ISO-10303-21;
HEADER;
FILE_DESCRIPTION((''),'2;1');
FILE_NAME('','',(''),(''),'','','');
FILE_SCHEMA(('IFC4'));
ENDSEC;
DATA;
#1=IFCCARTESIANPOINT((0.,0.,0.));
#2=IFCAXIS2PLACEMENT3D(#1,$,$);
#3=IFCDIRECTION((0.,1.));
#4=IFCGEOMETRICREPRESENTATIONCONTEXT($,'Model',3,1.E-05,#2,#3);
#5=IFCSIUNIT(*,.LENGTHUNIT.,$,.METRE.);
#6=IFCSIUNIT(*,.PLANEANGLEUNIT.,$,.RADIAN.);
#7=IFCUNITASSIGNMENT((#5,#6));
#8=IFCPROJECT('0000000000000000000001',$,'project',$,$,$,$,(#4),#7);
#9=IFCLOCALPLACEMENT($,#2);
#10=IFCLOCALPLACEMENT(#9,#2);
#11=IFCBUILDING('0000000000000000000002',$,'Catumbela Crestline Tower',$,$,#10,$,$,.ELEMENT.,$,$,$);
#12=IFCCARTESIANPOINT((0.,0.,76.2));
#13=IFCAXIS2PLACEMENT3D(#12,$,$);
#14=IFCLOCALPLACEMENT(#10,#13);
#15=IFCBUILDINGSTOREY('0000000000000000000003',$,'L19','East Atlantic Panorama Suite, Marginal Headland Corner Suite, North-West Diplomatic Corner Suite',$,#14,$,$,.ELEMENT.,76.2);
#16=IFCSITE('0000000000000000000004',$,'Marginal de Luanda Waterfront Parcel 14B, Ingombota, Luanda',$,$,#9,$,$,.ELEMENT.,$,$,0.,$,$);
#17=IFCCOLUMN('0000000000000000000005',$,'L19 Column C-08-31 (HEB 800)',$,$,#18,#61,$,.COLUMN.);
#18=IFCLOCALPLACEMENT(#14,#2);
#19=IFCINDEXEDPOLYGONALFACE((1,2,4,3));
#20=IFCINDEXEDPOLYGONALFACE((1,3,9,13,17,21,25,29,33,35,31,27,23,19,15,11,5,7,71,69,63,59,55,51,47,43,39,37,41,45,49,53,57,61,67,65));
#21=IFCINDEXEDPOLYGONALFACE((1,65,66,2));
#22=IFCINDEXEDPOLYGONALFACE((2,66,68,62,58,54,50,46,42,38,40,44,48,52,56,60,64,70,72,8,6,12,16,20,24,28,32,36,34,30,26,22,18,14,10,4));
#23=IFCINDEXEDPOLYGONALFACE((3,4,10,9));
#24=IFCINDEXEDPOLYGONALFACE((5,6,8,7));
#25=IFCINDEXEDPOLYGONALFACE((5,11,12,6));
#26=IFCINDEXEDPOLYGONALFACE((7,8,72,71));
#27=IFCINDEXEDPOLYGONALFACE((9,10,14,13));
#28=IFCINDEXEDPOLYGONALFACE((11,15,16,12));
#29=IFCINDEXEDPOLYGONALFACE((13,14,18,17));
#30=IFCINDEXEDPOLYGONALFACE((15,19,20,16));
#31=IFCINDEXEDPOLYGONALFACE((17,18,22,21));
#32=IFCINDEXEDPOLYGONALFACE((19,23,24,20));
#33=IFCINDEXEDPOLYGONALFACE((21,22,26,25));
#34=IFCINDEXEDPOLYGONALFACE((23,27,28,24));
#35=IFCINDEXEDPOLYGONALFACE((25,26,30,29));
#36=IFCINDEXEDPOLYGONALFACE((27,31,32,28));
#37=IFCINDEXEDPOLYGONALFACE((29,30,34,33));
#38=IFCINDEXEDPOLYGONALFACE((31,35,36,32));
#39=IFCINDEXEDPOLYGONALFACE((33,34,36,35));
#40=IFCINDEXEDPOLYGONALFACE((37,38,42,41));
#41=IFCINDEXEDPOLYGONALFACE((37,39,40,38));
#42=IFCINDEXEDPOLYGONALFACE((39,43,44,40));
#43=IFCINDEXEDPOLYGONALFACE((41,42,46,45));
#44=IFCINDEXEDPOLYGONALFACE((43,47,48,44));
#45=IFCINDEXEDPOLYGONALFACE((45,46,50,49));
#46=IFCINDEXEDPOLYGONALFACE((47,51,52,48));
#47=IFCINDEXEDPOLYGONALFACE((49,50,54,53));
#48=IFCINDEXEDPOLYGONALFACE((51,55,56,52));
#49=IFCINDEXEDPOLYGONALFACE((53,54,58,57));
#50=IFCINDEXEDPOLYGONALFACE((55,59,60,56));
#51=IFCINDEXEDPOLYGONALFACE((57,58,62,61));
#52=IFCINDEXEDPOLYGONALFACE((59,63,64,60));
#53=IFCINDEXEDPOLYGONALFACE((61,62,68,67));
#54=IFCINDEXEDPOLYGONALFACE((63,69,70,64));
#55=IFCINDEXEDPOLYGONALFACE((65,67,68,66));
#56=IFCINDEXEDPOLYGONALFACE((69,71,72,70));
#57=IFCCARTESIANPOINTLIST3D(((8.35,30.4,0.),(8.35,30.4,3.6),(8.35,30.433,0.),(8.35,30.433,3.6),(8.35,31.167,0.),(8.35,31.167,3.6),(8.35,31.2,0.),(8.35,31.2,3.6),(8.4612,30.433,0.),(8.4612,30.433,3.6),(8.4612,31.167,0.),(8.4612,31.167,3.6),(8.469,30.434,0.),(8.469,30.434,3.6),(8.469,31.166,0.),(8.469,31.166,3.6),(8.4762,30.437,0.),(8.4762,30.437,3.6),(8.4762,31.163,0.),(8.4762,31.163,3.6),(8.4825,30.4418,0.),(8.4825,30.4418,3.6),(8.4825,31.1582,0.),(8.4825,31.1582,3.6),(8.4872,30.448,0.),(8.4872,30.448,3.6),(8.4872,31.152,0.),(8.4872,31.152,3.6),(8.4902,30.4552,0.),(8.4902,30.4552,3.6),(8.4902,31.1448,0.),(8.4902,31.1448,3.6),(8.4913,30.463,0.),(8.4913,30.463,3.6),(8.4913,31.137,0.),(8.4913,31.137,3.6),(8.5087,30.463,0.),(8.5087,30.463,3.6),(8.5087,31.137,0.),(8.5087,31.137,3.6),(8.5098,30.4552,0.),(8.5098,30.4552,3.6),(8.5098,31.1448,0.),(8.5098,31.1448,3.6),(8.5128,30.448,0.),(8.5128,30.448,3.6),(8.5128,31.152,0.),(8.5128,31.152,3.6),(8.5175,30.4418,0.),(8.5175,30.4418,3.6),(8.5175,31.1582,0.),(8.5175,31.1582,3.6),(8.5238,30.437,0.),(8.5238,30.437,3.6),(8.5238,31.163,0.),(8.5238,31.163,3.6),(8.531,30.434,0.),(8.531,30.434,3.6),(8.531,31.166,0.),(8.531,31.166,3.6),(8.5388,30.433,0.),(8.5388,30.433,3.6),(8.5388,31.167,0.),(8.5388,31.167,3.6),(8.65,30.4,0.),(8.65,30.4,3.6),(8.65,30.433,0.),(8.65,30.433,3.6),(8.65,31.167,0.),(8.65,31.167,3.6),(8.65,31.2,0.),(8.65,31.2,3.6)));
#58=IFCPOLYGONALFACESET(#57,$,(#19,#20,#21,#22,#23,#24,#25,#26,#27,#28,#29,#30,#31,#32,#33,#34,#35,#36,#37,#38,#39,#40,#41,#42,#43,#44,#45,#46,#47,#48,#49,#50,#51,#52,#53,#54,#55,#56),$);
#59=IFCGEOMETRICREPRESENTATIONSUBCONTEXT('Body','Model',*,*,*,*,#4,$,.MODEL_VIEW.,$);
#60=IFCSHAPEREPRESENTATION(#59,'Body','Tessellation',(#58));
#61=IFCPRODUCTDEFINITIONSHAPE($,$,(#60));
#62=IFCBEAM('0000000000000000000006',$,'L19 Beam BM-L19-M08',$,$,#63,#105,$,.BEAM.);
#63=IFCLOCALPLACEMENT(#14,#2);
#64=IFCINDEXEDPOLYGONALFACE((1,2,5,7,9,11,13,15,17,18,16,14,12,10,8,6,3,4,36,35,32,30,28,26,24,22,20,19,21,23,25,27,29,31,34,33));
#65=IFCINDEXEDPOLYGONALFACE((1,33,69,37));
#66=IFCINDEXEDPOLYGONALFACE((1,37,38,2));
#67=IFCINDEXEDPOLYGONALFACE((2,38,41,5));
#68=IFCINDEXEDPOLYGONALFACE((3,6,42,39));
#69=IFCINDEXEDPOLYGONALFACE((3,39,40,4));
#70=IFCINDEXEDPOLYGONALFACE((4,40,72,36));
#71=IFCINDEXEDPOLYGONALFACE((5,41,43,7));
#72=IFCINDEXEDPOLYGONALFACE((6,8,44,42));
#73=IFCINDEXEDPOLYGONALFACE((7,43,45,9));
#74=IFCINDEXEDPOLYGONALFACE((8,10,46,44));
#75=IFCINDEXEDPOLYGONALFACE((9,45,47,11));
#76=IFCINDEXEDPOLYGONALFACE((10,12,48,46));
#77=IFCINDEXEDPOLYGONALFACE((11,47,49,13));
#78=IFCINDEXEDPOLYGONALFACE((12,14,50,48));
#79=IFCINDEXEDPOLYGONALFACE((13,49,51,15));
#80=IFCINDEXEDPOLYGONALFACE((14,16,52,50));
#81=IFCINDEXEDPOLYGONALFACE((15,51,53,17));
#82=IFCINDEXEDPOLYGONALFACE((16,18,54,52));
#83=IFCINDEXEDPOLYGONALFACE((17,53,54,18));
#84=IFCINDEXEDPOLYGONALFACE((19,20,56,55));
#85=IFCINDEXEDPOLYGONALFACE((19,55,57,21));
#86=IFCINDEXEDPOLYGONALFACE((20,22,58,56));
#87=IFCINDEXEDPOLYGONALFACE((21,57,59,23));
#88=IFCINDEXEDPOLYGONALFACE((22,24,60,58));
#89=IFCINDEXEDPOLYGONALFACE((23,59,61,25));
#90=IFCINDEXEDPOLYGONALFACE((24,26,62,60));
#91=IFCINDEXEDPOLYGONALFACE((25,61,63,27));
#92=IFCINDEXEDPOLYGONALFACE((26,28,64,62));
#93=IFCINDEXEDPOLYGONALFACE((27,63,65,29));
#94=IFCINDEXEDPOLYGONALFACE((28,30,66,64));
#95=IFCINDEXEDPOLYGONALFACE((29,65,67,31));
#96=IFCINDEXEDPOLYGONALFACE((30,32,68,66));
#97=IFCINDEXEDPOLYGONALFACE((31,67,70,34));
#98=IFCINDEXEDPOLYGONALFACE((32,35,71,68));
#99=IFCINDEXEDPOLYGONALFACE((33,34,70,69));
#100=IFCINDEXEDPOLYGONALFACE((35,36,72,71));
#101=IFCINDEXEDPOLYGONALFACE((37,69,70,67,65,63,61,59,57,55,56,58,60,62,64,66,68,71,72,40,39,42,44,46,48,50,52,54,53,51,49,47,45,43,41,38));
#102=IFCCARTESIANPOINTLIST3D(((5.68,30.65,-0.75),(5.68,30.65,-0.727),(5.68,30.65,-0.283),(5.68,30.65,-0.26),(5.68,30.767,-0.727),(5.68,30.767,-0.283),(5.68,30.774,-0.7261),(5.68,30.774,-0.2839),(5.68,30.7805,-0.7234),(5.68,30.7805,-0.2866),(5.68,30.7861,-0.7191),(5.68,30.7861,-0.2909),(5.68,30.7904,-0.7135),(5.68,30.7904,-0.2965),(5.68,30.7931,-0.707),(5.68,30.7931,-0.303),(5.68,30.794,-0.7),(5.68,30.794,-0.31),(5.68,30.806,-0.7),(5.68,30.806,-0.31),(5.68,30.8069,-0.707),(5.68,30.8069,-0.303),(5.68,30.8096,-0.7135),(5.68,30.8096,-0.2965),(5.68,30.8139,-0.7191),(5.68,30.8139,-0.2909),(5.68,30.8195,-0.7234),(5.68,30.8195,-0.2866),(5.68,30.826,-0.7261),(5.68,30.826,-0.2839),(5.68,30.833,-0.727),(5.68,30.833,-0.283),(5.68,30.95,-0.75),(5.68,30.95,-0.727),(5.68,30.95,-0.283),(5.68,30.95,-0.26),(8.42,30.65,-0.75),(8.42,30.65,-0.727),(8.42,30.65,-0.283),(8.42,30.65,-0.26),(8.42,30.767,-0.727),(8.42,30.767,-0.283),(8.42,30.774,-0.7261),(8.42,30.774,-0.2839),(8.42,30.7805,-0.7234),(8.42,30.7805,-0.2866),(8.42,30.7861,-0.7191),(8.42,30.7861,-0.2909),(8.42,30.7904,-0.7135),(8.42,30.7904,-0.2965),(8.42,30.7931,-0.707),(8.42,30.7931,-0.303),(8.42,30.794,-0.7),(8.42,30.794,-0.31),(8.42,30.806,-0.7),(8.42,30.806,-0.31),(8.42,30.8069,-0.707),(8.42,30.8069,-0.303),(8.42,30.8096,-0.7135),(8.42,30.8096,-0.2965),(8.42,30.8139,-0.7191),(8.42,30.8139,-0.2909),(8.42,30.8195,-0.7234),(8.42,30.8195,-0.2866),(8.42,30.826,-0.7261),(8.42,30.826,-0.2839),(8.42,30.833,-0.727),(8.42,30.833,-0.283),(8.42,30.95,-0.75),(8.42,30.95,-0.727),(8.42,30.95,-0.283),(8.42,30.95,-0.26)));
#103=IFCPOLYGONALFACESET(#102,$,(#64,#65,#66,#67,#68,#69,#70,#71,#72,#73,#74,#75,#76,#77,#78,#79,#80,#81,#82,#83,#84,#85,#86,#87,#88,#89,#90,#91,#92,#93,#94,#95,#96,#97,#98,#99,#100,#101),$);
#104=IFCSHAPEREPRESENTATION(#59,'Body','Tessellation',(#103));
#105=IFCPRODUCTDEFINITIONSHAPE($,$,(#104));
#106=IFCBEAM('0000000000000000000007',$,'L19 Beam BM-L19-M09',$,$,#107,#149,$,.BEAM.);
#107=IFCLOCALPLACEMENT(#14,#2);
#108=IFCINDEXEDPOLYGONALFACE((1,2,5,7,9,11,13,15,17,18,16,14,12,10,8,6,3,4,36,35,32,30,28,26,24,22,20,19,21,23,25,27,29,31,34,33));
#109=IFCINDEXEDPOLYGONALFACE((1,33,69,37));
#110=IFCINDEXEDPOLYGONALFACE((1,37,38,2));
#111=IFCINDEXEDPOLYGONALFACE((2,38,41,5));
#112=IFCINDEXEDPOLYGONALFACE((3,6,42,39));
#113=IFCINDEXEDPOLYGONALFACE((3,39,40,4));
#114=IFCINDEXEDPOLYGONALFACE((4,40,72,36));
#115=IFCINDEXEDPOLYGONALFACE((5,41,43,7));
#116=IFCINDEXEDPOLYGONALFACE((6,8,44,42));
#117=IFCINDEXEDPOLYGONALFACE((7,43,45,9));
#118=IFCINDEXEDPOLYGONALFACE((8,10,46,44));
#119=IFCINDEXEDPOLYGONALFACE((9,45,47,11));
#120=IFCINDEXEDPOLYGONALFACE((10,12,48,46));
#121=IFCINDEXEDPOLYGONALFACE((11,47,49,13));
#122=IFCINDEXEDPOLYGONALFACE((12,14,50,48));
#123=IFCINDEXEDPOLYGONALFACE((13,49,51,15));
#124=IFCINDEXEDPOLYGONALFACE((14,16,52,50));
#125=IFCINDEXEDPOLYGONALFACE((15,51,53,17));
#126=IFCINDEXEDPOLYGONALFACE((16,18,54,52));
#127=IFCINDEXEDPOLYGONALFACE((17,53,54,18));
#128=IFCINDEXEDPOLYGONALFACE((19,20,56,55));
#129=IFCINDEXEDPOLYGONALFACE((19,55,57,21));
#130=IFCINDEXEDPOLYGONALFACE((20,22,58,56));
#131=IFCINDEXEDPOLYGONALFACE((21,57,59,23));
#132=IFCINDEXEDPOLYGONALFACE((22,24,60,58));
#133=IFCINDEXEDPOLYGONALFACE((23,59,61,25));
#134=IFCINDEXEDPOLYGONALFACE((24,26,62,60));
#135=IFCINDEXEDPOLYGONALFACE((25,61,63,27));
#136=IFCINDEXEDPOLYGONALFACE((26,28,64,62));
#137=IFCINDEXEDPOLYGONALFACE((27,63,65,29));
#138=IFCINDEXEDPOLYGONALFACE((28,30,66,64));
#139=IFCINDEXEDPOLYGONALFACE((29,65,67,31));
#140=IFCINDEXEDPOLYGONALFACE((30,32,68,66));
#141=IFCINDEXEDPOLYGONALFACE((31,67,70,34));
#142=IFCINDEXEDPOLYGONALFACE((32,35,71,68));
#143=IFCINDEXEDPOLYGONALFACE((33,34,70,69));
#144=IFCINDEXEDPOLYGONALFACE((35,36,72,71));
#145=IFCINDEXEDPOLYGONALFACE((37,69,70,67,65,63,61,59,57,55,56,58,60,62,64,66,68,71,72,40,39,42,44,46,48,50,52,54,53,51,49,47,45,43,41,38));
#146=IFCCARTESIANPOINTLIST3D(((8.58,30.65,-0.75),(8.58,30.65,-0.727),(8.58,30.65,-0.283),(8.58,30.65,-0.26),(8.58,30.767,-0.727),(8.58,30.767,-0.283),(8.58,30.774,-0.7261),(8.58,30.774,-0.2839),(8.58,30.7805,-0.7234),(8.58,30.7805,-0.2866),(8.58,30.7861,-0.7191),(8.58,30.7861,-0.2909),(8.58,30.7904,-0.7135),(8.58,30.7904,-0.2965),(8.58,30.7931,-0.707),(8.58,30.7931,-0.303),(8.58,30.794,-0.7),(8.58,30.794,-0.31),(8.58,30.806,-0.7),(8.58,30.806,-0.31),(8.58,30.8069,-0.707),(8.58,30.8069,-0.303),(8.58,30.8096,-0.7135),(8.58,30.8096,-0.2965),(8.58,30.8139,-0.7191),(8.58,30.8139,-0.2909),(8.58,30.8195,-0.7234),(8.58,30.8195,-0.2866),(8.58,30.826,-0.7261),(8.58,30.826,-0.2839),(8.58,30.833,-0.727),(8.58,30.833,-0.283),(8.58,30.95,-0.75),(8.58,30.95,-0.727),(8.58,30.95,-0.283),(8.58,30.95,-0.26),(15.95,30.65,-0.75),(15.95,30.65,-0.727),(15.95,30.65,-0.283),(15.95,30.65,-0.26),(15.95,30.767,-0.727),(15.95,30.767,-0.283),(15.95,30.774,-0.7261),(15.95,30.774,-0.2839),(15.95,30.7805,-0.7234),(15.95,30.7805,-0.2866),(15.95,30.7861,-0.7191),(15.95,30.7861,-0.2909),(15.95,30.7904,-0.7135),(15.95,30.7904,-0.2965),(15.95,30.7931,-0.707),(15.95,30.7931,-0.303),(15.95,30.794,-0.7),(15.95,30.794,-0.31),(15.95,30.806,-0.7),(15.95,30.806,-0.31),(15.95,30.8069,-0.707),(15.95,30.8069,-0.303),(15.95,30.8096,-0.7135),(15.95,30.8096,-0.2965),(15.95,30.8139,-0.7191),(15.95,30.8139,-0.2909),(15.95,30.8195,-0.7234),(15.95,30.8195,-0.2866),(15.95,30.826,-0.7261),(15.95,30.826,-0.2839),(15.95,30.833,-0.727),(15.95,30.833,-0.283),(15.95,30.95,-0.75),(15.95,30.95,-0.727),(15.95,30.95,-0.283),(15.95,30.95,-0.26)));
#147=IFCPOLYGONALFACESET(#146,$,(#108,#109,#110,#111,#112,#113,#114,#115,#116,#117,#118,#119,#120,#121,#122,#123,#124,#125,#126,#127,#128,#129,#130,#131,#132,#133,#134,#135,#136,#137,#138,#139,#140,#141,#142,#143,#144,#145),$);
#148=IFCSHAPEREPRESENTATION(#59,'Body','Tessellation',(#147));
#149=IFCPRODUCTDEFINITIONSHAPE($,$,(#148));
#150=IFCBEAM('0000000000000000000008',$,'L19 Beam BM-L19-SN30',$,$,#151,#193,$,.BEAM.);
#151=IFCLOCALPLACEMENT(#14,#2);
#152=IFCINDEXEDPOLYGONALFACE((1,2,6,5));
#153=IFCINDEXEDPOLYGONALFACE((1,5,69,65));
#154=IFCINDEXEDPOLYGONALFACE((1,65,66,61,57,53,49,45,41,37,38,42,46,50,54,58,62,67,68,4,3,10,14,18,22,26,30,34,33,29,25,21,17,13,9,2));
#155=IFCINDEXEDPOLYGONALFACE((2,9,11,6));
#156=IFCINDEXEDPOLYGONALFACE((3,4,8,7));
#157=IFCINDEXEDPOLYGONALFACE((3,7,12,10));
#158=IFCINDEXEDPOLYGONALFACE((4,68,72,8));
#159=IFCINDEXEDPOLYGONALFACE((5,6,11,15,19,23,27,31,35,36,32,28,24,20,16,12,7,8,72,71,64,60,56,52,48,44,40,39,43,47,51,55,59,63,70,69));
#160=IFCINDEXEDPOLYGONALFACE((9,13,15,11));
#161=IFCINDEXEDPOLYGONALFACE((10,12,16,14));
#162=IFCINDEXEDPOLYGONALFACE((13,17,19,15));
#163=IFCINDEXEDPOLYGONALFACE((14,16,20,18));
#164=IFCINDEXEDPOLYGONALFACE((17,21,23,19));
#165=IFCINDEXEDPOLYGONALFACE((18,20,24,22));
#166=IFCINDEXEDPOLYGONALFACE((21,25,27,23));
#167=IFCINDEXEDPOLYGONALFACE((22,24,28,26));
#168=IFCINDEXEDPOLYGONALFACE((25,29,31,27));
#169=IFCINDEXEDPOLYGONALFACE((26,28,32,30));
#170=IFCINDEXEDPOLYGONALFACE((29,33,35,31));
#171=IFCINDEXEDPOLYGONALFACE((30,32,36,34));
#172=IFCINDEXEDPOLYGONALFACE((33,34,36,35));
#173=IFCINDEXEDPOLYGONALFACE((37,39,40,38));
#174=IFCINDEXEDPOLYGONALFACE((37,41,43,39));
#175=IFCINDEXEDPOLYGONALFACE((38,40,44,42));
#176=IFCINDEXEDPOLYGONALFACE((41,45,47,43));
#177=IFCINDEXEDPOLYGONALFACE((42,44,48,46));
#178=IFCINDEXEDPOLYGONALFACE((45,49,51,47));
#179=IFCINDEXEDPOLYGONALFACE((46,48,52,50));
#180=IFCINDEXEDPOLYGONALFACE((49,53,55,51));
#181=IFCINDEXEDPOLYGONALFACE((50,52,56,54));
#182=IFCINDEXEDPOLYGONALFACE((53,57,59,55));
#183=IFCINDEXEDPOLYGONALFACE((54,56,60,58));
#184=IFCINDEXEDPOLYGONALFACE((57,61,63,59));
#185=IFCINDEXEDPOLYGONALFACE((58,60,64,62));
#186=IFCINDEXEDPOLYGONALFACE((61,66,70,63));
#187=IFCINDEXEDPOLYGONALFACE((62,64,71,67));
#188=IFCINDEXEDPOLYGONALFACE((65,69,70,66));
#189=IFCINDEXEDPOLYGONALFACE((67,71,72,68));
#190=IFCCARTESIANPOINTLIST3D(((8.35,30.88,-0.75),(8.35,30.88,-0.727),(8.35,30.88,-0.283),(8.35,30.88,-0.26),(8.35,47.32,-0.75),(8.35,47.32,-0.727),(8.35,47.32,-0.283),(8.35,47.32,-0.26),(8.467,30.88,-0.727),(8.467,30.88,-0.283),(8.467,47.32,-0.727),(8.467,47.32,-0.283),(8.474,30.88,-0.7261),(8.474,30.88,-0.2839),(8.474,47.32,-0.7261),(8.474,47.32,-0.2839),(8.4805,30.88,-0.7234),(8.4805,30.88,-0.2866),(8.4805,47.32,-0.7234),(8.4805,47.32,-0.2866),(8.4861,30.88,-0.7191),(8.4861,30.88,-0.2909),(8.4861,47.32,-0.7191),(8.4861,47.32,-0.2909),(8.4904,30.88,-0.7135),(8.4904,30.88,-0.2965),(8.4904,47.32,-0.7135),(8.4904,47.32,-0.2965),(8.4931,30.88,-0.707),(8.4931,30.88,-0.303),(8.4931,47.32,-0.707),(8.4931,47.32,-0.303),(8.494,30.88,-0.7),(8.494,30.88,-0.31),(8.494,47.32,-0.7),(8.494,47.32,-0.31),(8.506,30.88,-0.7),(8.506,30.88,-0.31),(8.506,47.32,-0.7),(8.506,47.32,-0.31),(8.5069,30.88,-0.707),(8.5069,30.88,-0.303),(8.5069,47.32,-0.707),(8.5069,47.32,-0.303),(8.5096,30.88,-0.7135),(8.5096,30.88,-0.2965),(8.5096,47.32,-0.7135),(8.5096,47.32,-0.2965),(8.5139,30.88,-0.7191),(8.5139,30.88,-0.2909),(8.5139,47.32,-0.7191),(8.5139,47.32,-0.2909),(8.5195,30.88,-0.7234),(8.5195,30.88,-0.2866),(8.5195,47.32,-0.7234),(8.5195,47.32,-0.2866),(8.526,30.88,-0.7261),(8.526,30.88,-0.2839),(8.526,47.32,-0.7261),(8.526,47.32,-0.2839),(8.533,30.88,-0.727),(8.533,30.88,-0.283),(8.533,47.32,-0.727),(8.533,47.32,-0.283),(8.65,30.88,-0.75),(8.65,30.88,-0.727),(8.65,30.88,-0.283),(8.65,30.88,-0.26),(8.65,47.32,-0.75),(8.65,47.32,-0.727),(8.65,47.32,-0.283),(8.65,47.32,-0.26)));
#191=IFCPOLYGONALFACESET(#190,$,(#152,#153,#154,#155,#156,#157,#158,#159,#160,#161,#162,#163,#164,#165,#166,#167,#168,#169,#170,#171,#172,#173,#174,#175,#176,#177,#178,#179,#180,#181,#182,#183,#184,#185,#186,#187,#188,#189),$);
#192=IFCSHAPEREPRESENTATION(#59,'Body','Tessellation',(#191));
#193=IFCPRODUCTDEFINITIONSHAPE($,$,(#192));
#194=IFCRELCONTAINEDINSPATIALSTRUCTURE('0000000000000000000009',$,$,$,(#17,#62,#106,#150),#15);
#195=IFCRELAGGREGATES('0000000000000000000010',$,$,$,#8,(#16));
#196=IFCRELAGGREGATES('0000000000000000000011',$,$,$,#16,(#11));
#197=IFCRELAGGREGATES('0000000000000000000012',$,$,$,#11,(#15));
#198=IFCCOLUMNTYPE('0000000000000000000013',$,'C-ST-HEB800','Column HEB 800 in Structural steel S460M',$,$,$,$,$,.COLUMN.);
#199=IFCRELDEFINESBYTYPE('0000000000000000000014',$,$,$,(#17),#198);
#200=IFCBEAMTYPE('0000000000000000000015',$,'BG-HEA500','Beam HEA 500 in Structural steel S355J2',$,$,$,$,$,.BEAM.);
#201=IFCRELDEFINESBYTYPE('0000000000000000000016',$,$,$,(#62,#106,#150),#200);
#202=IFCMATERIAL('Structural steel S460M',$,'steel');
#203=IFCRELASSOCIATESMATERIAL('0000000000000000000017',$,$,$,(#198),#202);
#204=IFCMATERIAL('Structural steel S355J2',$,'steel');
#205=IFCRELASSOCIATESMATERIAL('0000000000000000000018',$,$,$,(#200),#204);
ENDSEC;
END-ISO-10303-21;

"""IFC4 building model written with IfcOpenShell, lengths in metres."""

from ifc_helpers import new_model, si_unit, direction, frame, origin, origin_2d, place, context, subcontext, project, spatial, i_section, extrude, material, material_profile, profile_set, type_object, element, save


model = new_model("IFC4")

# Units and contexts
model_context = context("Model", 3, precision=1e-05, world=origin(), true_north=direction((0.0, 1.0)))
body_context = subcontext(model_context, "Body", "Model", "MODEL_VIEW")
ifc_project = project(units=[si_unit("LENGTHUNIT", "METRE"), si_unit("PLANEANGLEUNIT", "RADIAN")], contexts=[model_context])

# Site, building, storey
site_placement = place(None, origin())
site = spatial("IfcSite", under=ifc_project, at=site_placement, Name="Marginal de Luanda Waterfront Parcel 14B, Ingombota, Luanda", CompositionType="ELEMENT", RefElevation=0.0)
building_placement = place(site_placement, origin())
building = spatial("IfcBuilding", under=site, at=building_placement, Name="Catumbela Crestline Tower", CompositionType="ELEMENT")
storey_placement = place(building_placement, frame((0.0, 0.0, 76.2)))
storey = spatial("IfcBuildingStorey", under=building, at=storey_placement, Name="L19", Description="East Atlantic Panorama Suite, Marginal Headland Corner Suite, North-West Diplomatic Corner Suite", CompositionType="ELEMENT", Elevation=76.2)

# Column
ifc_material_1 = material(Name="Structural steel S460M", Category="steel")
ifc_material_profile_1 = material_profile(ifc_material_1, i_section(OverallWidth=0.3, OverallDepth=0.8, WebThickness=0.0175, FlangeThickness=0.033, FilletRadius=0.03, at=origin_2d()), Name="HEB 800")
ifc_profile_set_1 = profile_set([ifc_material_profile_1], Name="Structural steel S460M")
column_type = type_object("IfcColumnType", Name="C-ST-HEB800", Description="Column HEB 800 in Structural steel S460M", PredefinedType="COLUMN", material=ifc_profile_set_1)
column_placement = place(storey_placement, frame((8.5, 30.8, 0.0), z_axis=(0.0, 0.0, 1.0), x_axis=(1.0, 0.0, 0.0)))
element("IfcColumn", 1, at=column_placement, inside=storey, type_object=column_type, Name="L19 Column C-08-31 (HEB 800)", PredefinedType="COLUMN", context=body_context, shape_type="SweptSolid", body=[
    extrude(i_section(OverallWidth=0.3, OverallDepth=0.8, WebThickness=0.0175, FlangeThickness=0.033, FilletRadius=0.03, at=origin_2d()), origin(), (0.0, 0.0, 1.0), 3.6),
])

# Beams
ifc_material_2 = material(Name="Structural steel S355J2", Category="steel")
ifc_material_profile_2 = material_profile(ifc_material_2, i_section(OverallWidth=0.3, OverallDepth=0.49, WebThickness=0.012, FlangeThickness=0.023, FilletRadius=0.027, at=origin_2d()), Name="HEA 500")
ifc_profile_set_2 = profile_set([ifc_material_profile_2], Name="Structural steel S355J2")
beam_type = type_object("IfcBeamType", Name="BG-HEA500", Description="Beam HEA 500 in Structural steel S355J2", PredefinedType="BEAM", material=ifc_profile_set_2)
beam_1_placement = place(storey_placement, frame((5.68, 30.8, -0.505), z_axis=(1.0, 0.0, 0.0), x_axis=(0.0, 1.0, 0.0)))
element("IfcBeam", 2, at=beam_1_placement, inside=storey, type_object=beam_type, Name="L19 Beam BM-L19-M08", PredefinedType="BEAM", context=body_context, shape_type="SweptSolid", body=[
    extrude(i_section(OverallWidth=0.3, OverallDepth=0.49, WebThickness=0.012, FlangeThickness=0.023, FilletRadius=0.027, at=origin_2d()), origin(), (0.0, 0.0, 1.0), 2.74),
])
beam_2_placement = place(storey_placement, frame((8.58, 30.8, -0.505), z_axis=(1.0, 0.0, 0.0), x_axis=(0.0, 1.0, 0.0)))
element("IfcBeam", 3, at=beam_2_placement, inside=storey, type_object=beam_type, Name="L19 Beam BM-L19-M09", PredefinedType="BEAM", context=body_context, shape_type="SweptSolid", body=[
    extrude(i_section(OverallWidth=0.3, OverallDepth=0.49, WebThickness=0.012, FlangeThickness=0.023, FilletRadius=0.027, at=origin_2d()), origin(), (0.0, 0.0, 1.0), 7.37),
])
beam_3_placement = place(storey_placement, frame((8.5, 30.88, -0.505), z_axis=(0.0, 1.0, 0.0), x_axis=(-1.0, 0.0, 0.0)))
element("IfcBeam", 4, at=beam_3_placement, inside=storey, type_object=beam_type, Name="L19 Beam BM-L19-SN30", PredefinedType="BEAM", context=body_context, shape_type="SweptSolid", body=[
    extrude(i_section(OverallWidth=0.3, OverallDepth=0.49, WebThickness=0.012, FlangeThickness=0.023, FilletRadius=0.027, at=origin_2d()), origin(), (0.0, 0.0, 1.0), 16.44),
])

save(model, "model.ifc")
